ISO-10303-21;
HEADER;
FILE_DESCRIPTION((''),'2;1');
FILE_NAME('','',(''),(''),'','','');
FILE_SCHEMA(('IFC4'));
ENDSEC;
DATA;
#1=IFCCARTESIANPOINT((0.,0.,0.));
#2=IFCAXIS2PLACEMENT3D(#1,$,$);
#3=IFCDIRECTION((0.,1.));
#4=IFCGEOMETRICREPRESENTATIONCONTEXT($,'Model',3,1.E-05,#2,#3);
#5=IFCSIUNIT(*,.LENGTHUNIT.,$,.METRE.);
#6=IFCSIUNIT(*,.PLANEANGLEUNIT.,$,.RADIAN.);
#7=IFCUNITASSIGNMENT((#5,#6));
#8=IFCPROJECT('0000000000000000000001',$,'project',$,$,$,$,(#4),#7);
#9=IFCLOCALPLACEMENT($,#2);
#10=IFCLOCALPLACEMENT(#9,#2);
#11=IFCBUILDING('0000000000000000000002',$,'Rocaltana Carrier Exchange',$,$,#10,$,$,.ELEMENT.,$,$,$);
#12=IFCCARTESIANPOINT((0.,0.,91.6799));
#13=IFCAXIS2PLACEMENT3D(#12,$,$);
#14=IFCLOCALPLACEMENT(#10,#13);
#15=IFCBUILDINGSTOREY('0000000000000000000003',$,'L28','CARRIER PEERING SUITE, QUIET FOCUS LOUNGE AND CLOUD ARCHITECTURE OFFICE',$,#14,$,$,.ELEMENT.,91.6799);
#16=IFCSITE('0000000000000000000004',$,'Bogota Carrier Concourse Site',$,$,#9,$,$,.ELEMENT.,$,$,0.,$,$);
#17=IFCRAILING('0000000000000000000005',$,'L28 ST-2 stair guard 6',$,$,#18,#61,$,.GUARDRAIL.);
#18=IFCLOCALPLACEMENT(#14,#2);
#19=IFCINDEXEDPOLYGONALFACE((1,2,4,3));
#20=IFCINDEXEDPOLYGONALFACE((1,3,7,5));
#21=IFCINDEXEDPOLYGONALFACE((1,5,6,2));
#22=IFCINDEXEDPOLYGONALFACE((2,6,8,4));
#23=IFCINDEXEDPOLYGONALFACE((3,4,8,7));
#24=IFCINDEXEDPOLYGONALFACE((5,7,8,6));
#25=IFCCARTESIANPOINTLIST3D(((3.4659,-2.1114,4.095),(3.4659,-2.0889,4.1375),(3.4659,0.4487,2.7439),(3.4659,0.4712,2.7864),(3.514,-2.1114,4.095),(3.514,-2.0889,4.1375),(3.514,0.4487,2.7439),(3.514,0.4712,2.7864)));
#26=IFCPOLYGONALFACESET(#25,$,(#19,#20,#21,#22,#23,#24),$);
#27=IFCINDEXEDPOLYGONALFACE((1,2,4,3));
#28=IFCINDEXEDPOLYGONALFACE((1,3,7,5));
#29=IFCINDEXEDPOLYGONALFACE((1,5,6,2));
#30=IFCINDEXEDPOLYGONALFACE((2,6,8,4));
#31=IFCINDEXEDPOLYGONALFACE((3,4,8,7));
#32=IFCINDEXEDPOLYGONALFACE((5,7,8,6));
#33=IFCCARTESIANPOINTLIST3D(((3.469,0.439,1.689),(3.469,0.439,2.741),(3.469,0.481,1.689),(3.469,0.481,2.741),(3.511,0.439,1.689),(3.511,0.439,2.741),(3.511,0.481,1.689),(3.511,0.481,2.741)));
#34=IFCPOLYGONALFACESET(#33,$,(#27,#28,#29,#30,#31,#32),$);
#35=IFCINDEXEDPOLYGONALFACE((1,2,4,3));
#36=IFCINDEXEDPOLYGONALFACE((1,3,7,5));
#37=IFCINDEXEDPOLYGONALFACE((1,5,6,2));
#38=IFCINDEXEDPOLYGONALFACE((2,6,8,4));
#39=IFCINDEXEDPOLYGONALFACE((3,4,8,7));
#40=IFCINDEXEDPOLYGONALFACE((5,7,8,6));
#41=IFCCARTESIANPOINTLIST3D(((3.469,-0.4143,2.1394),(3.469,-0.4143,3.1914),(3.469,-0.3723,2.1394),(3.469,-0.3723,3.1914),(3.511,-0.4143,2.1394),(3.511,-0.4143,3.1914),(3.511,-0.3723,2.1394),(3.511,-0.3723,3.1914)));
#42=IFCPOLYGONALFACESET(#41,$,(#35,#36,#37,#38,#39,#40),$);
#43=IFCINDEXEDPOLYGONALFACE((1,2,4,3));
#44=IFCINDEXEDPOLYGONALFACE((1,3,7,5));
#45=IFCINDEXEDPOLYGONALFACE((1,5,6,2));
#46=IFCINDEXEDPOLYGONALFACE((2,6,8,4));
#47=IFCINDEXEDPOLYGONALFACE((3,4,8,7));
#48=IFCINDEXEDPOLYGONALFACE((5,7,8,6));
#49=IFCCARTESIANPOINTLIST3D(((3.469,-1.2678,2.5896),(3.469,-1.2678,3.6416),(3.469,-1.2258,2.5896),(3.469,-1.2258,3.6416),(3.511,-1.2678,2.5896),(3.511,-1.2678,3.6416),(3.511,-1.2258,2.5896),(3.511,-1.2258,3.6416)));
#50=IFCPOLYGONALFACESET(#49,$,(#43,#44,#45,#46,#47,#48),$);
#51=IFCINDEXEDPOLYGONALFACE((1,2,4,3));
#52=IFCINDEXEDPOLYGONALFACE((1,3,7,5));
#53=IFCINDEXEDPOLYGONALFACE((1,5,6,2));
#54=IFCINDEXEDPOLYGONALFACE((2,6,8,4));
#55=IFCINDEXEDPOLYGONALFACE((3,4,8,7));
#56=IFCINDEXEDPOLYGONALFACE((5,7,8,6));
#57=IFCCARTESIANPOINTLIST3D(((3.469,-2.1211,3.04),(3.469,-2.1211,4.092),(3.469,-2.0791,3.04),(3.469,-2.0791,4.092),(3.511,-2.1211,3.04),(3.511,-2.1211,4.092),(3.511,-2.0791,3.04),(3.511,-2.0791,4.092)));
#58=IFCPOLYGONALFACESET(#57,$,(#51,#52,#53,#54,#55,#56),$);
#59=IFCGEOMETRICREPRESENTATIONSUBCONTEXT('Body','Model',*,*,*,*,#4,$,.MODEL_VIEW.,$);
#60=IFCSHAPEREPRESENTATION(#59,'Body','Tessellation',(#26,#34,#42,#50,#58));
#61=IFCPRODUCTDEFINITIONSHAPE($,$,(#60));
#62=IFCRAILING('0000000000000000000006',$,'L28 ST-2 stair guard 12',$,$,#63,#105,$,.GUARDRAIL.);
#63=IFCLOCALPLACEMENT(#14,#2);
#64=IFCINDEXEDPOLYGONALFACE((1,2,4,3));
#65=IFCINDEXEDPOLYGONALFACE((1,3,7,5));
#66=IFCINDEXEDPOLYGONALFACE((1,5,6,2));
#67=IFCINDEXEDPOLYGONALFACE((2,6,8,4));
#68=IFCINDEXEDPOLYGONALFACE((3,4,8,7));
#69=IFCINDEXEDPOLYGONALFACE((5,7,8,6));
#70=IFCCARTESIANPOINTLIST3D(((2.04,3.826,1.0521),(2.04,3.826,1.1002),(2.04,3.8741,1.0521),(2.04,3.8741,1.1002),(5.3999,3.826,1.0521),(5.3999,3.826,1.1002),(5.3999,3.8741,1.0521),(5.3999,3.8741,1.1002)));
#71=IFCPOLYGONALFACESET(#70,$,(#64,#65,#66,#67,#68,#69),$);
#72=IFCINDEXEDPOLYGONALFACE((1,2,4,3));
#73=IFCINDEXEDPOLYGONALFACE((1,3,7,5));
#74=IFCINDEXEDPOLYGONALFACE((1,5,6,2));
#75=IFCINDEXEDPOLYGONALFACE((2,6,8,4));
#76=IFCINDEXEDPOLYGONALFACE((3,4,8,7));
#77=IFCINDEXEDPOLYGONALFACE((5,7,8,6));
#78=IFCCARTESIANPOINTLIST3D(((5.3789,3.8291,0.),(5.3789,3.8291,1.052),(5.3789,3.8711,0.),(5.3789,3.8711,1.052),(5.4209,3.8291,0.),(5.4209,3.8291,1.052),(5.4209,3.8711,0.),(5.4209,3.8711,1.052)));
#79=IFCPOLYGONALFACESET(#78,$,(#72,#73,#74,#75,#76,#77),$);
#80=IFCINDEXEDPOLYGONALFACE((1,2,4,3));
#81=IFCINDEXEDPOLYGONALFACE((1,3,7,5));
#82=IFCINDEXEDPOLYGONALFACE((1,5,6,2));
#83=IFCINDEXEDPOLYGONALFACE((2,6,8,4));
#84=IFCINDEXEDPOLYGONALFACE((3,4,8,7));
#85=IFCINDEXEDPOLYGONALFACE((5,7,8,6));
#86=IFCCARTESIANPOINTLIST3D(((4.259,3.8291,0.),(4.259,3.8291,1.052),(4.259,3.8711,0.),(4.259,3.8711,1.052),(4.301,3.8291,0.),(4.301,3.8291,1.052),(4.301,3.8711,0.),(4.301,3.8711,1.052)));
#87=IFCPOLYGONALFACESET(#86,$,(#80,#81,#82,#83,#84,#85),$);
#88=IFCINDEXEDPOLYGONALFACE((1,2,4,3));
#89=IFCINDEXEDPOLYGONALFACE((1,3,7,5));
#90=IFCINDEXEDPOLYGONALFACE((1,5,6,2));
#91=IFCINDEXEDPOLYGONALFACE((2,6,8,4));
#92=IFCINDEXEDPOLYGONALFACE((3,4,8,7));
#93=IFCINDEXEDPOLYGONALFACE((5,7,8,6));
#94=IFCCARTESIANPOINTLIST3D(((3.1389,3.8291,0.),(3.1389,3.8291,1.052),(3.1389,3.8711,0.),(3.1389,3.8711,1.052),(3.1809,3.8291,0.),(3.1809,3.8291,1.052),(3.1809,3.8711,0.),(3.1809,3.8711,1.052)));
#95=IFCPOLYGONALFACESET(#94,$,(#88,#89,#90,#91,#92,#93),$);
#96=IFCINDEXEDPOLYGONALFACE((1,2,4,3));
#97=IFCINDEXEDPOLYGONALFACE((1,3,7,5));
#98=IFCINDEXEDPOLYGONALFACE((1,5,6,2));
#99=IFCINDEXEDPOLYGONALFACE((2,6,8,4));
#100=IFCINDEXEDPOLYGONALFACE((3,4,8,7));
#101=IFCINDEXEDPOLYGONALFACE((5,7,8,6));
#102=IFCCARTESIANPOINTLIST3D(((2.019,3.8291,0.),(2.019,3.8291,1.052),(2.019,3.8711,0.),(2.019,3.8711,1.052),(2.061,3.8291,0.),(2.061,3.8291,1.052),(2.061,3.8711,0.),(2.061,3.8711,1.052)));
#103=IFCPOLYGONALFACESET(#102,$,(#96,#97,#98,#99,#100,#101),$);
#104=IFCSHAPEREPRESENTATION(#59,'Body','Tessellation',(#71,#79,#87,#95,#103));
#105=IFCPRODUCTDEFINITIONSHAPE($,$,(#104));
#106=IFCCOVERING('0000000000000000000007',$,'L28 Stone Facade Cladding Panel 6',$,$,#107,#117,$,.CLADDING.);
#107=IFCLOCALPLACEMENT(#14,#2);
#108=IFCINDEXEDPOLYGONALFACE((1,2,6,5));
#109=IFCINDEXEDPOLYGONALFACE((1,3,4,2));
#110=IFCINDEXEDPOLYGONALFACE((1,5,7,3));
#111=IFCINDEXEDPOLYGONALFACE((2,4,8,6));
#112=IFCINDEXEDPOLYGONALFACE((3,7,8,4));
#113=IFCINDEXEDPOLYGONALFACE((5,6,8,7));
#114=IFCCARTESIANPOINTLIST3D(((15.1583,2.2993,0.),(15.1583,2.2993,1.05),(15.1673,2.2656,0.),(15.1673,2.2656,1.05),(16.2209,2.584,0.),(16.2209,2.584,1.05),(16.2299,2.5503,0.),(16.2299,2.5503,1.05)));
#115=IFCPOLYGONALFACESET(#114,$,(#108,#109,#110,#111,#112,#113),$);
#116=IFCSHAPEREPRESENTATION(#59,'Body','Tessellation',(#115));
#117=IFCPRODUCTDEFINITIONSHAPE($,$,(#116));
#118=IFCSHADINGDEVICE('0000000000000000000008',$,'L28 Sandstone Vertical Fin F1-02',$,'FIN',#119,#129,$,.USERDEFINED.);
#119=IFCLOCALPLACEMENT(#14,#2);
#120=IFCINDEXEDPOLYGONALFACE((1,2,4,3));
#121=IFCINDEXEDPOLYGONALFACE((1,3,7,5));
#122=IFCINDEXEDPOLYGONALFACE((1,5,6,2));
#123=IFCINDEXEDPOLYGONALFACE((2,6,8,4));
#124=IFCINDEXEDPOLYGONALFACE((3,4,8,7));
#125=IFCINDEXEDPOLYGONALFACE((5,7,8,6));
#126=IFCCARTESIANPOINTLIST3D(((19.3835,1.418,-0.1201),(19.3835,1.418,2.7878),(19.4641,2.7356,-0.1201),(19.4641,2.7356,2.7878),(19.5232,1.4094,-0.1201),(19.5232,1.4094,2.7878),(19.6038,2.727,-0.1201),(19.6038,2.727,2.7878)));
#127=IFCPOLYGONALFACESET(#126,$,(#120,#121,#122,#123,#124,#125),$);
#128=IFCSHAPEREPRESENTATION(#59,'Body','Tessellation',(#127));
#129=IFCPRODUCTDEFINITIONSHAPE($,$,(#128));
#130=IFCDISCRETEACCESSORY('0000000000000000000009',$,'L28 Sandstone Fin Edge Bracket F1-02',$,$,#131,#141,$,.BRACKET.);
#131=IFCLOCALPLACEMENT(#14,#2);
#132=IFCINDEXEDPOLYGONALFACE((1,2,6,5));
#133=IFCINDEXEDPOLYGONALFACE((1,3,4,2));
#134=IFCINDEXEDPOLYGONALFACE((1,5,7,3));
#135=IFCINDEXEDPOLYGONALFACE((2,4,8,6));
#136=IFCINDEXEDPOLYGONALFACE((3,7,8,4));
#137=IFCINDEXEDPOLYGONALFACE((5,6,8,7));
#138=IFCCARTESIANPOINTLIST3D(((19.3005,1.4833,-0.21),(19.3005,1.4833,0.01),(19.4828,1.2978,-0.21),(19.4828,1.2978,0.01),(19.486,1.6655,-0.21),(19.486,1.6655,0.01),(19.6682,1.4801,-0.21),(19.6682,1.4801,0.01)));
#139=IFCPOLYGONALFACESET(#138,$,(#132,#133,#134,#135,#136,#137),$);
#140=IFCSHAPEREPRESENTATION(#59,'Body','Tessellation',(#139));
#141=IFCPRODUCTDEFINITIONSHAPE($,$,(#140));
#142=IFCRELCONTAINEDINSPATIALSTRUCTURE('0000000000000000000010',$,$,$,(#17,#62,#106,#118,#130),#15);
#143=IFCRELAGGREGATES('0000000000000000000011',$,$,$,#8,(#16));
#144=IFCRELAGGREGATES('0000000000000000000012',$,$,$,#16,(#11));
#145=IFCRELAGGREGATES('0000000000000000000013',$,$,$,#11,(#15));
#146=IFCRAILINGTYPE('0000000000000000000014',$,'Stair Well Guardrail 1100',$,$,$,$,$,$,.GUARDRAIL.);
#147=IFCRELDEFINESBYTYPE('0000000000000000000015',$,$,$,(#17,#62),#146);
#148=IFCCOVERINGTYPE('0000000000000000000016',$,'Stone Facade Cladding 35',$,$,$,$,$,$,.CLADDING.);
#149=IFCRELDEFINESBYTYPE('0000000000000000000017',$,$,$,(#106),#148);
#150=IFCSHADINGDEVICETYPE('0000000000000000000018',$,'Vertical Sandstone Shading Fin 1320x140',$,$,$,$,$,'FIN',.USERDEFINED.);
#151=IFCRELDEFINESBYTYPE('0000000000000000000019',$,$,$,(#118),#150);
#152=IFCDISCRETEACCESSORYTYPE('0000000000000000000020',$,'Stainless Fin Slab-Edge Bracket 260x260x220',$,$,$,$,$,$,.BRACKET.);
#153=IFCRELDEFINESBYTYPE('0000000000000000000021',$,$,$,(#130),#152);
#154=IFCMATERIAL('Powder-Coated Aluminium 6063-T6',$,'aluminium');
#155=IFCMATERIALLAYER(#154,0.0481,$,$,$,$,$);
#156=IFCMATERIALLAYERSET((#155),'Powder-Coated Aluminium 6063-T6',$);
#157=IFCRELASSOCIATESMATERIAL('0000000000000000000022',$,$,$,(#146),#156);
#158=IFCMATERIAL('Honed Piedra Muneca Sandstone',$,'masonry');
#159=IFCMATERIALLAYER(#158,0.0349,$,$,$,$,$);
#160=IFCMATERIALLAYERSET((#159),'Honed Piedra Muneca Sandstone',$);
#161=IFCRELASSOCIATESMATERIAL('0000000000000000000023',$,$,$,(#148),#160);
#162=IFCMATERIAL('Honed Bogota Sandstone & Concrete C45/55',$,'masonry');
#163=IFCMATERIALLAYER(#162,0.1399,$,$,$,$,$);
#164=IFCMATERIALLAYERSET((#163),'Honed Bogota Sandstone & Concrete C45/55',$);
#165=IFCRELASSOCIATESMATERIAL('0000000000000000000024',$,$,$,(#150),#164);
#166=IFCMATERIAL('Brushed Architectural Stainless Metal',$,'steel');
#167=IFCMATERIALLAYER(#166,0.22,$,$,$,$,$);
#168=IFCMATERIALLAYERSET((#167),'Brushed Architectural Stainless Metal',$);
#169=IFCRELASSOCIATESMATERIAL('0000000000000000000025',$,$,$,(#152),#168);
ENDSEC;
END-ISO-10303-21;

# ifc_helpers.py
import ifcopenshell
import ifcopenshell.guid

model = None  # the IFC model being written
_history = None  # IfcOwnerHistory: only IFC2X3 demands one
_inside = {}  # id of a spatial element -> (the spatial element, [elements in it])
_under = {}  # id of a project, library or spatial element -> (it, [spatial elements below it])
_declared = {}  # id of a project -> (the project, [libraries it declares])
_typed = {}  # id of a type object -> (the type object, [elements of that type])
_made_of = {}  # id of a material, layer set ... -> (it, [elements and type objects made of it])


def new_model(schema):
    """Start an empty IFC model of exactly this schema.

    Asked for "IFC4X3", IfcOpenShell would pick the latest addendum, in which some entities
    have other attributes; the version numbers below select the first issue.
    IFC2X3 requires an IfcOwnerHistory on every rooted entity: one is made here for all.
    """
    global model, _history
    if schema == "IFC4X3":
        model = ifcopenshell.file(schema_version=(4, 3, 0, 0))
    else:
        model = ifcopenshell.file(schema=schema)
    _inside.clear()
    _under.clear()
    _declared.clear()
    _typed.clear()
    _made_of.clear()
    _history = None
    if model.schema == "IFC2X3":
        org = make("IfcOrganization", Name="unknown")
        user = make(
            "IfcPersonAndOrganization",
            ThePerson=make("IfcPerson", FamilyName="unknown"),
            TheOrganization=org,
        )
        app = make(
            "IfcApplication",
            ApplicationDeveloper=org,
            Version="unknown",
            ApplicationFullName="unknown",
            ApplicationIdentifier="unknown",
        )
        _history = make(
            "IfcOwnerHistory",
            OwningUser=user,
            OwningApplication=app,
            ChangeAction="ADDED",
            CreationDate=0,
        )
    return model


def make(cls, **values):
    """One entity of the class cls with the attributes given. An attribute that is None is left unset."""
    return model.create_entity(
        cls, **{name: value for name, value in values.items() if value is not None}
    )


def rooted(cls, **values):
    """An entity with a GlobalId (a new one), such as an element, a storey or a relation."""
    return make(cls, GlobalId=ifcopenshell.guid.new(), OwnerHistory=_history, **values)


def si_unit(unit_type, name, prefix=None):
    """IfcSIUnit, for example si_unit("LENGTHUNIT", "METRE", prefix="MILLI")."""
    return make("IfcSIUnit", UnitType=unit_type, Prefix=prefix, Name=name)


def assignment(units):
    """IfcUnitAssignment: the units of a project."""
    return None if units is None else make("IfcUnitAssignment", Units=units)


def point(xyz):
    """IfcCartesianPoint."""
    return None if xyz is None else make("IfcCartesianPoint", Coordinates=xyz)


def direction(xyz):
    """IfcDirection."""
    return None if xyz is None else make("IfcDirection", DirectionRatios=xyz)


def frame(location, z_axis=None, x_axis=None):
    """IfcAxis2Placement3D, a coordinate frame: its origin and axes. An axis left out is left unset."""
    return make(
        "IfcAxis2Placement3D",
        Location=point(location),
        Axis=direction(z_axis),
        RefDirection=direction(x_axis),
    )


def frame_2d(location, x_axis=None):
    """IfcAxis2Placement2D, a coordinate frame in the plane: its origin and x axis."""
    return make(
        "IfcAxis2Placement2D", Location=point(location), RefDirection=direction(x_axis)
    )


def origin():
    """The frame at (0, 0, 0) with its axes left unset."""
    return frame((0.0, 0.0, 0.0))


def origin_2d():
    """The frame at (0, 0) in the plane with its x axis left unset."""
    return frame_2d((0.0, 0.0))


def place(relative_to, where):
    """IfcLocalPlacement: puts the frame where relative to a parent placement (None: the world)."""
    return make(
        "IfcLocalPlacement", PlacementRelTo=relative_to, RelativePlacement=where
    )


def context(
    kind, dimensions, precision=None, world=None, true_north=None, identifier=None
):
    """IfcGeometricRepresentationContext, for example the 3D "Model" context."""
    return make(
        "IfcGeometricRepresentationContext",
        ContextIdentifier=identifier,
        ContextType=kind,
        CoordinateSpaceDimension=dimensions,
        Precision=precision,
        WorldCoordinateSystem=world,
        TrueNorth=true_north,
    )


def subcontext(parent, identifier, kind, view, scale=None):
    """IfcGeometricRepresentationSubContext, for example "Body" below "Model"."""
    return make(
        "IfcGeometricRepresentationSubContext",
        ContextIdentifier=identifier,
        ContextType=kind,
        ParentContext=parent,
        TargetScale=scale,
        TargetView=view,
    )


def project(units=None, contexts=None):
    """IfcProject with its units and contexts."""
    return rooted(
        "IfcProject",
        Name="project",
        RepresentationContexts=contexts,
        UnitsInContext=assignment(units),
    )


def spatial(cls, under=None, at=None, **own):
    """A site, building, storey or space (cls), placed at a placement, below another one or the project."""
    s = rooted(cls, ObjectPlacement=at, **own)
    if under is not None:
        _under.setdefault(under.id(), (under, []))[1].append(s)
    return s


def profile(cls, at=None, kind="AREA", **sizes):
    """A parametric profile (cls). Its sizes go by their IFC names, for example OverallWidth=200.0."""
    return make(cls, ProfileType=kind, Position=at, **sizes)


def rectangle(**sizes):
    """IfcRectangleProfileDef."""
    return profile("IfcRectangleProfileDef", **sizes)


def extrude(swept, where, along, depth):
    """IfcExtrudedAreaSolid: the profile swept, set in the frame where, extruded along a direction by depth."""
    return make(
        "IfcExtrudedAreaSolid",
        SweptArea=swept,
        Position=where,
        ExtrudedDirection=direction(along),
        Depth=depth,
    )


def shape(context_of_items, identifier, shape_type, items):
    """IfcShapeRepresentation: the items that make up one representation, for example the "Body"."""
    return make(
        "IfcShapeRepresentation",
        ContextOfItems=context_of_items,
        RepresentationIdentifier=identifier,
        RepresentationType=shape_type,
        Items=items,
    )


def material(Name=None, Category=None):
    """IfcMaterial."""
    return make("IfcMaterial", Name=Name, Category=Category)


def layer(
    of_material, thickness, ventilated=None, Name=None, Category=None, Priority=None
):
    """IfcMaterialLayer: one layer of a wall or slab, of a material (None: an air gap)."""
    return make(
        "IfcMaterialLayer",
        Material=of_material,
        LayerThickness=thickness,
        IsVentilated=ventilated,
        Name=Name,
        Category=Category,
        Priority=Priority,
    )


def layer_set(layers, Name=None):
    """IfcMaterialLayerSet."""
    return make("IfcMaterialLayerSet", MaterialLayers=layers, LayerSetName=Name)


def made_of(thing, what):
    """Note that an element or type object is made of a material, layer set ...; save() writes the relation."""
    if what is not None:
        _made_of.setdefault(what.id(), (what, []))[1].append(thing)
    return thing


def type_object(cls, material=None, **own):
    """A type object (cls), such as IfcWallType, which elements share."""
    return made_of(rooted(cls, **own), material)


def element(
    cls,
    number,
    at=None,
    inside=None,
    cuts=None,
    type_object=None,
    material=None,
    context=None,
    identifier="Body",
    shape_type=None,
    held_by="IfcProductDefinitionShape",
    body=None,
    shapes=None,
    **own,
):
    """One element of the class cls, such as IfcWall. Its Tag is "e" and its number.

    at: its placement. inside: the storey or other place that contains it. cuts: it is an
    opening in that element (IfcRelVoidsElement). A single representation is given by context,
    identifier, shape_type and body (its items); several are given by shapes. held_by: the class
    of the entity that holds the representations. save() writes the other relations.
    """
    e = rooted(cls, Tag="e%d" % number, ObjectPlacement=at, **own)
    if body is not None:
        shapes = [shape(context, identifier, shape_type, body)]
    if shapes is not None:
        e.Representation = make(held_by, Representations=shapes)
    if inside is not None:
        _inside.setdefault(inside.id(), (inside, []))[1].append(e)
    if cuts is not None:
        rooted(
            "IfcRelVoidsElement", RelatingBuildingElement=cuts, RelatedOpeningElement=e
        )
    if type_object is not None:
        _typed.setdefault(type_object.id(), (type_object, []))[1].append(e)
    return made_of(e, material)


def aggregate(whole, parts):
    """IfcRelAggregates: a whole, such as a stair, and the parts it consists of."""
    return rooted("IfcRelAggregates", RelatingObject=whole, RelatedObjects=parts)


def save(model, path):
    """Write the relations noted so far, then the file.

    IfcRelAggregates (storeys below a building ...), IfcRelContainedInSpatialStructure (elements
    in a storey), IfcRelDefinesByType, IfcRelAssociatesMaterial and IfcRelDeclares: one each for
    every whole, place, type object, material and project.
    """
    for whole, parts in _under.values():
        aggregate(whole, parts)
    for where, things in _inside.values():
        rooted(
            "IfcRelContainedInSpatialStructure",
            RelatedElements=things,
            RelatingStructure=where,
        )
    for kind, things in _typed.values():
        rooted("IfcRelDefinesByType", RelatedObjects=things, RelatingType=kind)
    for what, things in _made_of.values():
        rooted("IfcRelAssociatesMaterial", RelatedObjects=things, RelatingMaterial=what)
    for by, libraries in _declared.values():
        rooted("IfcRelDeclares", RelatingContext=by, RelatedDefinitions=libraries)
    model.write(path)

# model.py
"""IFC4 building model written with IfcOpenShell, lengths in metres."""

from ifc_helpers import new_model, si_unit, direction, frame, origin, origin_2d, place, context, subcontext, project, spatial, rectangle, extrude, material, layer, layer_set, type_object, element, save


model = new_model("IFC4")

# Units and contexts
model_context = context("Model", 3, precision=1e-05, world=origin(), true_north=direction((0.0, 1.0)))
body_context = subcontext(model_context, "Body", "Model", "MODEL_VIEW")
ifc_project = project(units=[si_unit("LENGTHUNIT", "METRE"), si_unit("PLANEANGLEUNIT", "RADIAN")], contexts=[model_context])

# Site, building, storey
site_placement = place(None, origin())
site = spatial("IfcSite", under=ifc_project, at=site_placement, Name="Bogota Carrier Concourse Site", CompositionType="ELEMENT", RefElevation=0.0)
building_placement = place(site_placement, origin())
building = spatial("IfcBuilding", under=site, at=building_placement, Name="Rocaltana Carrier Exchange", CompositionType="ELEMENT")
storey_placement = place(building_placement, frame((0.0, 0.0, 91.6799)))
storey = spatial("IfcBuildingStorey", under=building, at=storey_placement, Name="L28", Description="CARRIER PEERING SUITE, QUIET FOCUS LOUNGE AND CLOUD ARCHITECTURE OFFICE", CompositionType="ELEMENT", Elevation=91.6799)

# Railings
ifc_material_1 = material(Name="Powder-Coated Aluminium 6063-T6", Category="aluminium")
ifc_layer_1 = layer(ifc_material_1, 0.0481)
ifc_layer_set_1 = layer_set([ifc_layer_1], Name="Powder-Coated Aluminium 6063-T6")
railing_type_1 = type_object("IfcRailingType", Name="Stair Well Guardrail 1100", PredefinedType="GUARDRAIL", material=ifc_layer_set_1)
railing_1_placement = place(storey_placement, frame((3.49, 0.46, 1.689)))
element("IfcRailing", 1, at=railing_1_placement, inside=storey, type_object=railing_type_1, Name="L28 ST-2 stair guard 6", PredefinedType="GUARDRAIL", context=body_context, shape_type="SweptSolid", body=[
    extrude(rectangle(XDim=0.0481, YDim=0.0481, at=origin_2d()), frame((0.0, 0.0, 1.0762), z_axis=(0.0, -0.884394, 0.46674), x_axis=(1.0, 0.0, 0.0)), (0.0, 0.0, 1.0), 2.8948),
    extrude(rectangle(XDim=0.042, YDim=0.042, at=origin_2d()), origin(), (0.0, 0.0, 1.0), 1.052),
    extrude(rectangle(XDim=0.042, YDim=0.042, at=origin_2d()), frame((0.0, -0.8533, 0.4504)), (0.0, 0.0, 1.0), 1.052),
    extrude(rectangle(XDim=0.042, YDim=0.042, at=origin_2d()), frame((0.0, -1.7068, 0.9006)), (0.0, 0.0, 1.0), 1.052),
    extrude(rectangle(XDim=0.042, YDim=0.042, at=origin_2d()), frame((0.0, -2.5601, 1.3511)), (0.0, 0.0, 1.0), 1.052),
])
railing_2_placement = place(storey_placement, frame((5.3999, 3.8501, 0.0)))
element("IfcRailing", 2, at=railing_2_placement, inside=storey, type_object=railing_type_1, Name="L28 ST-2 stair guard 12", PredefinedType="GUARDRAIL", context=body_context, shape_type="SweptSolid", body=[
    extrude(rectangle(XDim=0.0481, YDim=0.0481, at=origin_2d()), frame((0.0, 0.0, 1.0762), z_axis=(-1.0, 0.0, 0.0), x_axis=(0.0, -1.0, 0.0)), (0.0, 0.0, 1.0), 3.3599),
    extrude(rectangle(XDim=0.042, YDim=0.042, at=origin_2d()), origin(), (0.0, 0.0, 1.0), 1.052),
    extrude(rectangle(XDim=0.042, YDim=0.042, at=origin_2d()), frame((-1.1199, 0.0, 0.0)), (0.0, 0.0, 1.0), 1.052),
    extrude(rectangle(XDim=0.042, YDim=0.042, at=origin_2d()), frame((-2.24, 0.0, 0.0)), (0.0, 0.0, 1.0), 1.052),
    extrude(rectangle(XDim=0.042, YDim=0.042, at=origin_2d()), frame((-3.3599, 0.0, 0.0)), (0.0, 0.0, 1.0), 1.052),
])

# Covering
ifc_material_2 = material(Name="Honed Piedra Muneca Sandstone", Category="masonry")
ifc_layer_2 = layer(ifc_material_2, 0.0349)
ifc_layer_set_2 = layer_set([ifc_layer_2], Name="Honed Piedra Muneca Sandstone")
covering_type = type_object("IfcCoveringType", Name="Stone Facade Cladding 35", PredefinedType="CLADDING", material=ifc_layer_set_2)
covering_placement = place(storey_placement, frame((15.6941, 2.4248, 0.0), z_axis=(0.0, 0.0, 1.0), x_axis=(0.965926, 0.258819, 0.0)))
element("IfcCovering", 3, at=covering_placement, inside=storey, type_object=covering_type, Name="L28 Stone Facade Cladding Panel 6", PredefinedType="CLADDING", context=body_context, shape_type="SweptSolid", body=[
    extrude(rectangle(XDim=1.1001, YDim=0.0349, at=origin_2d()), origin(), (0.0, 0.0, 1.0), 1.05),
])

# Shading device
ifc_material_3 = material(Name="Honed Bogota Sandstone & Concrete C45/55", Category="masonry")
ifc_layer_3 = layer(ifc_material_3, 0.1399)
ifc_layer_set_3 = layer_set([ifc_layer_3], Name="Honed Bogota Sandstone & Concrete C45/55")
shading_device_type = type_object("IfcShadingDeviceType", Name="Vertical Sandstone Shading Fin 1320x140", ElementType="FIN", PredefinedType="USERDEFINED", material=ifc_layer_set_3)
shading_device_placement = place(storey_placement, frame((19.4937, 2.0725, -0.1201), z_axis=(0.0, 0.0, 1.0), x_axis=(0.061049, 0.998135, 0.0)))
element("IfcShadingDevice", 4, at=shading_device_placement, inside=storey, type_object=shading_device_type, Name="L28 Sandstone Vertical Fin F1-02", ObjectType="FIN", PredefinedType="USERDEFINED", context=body_context, shape_type="SweptSolid", body=[
    extrude(rectangle(XDim=1.3201, YDim=0.1399, at=origin_2d()), origin(), (0.0, 0.0, 1.0), 2.908),
])

# Discrete accessory
ifc_material_4 = material(Name="Brushed Architectural Stainless Metal", Category="steel")
ifc_layer_4 = layer(ifc_material_4, 0.22)
ifc_layer_set_4 = layer_set([ifc_layer_4], Name="Brushed Architectural Stainless Metal")
discrete_accessory_type = type_object("IfcDiscreteAccessoryType", Name="Stainless Fin Slab-Edge Bracket 260x260x220", PredefinedType="BRACKET", material=ifc_layer_set_4)
discrete_accessory_placement = place(storey_placement, frame((19.4844, 1.4817, -0.21), z_axis=(0.0, 0.0, 1.0), x_axis=(-0.700909, 0.71325, 0.0)))
element("IfcDiscreteAccessory", 5, at=discrete_accessory_placement, inside=storey, type_object=discrete_accessory_type, Name="L28 Sandstone Fin Edge Bracket F1-02", PredefinedType="BRACKET", context=body_context, shape_type="SweptSolid", body=[
    extrude(rectangle(XDim=0.26, YDim=0.26, at=origin_2d()), origin(), (0.0, 0.0, 1.0), 0.22),
])

save(model, "model.ifc")
